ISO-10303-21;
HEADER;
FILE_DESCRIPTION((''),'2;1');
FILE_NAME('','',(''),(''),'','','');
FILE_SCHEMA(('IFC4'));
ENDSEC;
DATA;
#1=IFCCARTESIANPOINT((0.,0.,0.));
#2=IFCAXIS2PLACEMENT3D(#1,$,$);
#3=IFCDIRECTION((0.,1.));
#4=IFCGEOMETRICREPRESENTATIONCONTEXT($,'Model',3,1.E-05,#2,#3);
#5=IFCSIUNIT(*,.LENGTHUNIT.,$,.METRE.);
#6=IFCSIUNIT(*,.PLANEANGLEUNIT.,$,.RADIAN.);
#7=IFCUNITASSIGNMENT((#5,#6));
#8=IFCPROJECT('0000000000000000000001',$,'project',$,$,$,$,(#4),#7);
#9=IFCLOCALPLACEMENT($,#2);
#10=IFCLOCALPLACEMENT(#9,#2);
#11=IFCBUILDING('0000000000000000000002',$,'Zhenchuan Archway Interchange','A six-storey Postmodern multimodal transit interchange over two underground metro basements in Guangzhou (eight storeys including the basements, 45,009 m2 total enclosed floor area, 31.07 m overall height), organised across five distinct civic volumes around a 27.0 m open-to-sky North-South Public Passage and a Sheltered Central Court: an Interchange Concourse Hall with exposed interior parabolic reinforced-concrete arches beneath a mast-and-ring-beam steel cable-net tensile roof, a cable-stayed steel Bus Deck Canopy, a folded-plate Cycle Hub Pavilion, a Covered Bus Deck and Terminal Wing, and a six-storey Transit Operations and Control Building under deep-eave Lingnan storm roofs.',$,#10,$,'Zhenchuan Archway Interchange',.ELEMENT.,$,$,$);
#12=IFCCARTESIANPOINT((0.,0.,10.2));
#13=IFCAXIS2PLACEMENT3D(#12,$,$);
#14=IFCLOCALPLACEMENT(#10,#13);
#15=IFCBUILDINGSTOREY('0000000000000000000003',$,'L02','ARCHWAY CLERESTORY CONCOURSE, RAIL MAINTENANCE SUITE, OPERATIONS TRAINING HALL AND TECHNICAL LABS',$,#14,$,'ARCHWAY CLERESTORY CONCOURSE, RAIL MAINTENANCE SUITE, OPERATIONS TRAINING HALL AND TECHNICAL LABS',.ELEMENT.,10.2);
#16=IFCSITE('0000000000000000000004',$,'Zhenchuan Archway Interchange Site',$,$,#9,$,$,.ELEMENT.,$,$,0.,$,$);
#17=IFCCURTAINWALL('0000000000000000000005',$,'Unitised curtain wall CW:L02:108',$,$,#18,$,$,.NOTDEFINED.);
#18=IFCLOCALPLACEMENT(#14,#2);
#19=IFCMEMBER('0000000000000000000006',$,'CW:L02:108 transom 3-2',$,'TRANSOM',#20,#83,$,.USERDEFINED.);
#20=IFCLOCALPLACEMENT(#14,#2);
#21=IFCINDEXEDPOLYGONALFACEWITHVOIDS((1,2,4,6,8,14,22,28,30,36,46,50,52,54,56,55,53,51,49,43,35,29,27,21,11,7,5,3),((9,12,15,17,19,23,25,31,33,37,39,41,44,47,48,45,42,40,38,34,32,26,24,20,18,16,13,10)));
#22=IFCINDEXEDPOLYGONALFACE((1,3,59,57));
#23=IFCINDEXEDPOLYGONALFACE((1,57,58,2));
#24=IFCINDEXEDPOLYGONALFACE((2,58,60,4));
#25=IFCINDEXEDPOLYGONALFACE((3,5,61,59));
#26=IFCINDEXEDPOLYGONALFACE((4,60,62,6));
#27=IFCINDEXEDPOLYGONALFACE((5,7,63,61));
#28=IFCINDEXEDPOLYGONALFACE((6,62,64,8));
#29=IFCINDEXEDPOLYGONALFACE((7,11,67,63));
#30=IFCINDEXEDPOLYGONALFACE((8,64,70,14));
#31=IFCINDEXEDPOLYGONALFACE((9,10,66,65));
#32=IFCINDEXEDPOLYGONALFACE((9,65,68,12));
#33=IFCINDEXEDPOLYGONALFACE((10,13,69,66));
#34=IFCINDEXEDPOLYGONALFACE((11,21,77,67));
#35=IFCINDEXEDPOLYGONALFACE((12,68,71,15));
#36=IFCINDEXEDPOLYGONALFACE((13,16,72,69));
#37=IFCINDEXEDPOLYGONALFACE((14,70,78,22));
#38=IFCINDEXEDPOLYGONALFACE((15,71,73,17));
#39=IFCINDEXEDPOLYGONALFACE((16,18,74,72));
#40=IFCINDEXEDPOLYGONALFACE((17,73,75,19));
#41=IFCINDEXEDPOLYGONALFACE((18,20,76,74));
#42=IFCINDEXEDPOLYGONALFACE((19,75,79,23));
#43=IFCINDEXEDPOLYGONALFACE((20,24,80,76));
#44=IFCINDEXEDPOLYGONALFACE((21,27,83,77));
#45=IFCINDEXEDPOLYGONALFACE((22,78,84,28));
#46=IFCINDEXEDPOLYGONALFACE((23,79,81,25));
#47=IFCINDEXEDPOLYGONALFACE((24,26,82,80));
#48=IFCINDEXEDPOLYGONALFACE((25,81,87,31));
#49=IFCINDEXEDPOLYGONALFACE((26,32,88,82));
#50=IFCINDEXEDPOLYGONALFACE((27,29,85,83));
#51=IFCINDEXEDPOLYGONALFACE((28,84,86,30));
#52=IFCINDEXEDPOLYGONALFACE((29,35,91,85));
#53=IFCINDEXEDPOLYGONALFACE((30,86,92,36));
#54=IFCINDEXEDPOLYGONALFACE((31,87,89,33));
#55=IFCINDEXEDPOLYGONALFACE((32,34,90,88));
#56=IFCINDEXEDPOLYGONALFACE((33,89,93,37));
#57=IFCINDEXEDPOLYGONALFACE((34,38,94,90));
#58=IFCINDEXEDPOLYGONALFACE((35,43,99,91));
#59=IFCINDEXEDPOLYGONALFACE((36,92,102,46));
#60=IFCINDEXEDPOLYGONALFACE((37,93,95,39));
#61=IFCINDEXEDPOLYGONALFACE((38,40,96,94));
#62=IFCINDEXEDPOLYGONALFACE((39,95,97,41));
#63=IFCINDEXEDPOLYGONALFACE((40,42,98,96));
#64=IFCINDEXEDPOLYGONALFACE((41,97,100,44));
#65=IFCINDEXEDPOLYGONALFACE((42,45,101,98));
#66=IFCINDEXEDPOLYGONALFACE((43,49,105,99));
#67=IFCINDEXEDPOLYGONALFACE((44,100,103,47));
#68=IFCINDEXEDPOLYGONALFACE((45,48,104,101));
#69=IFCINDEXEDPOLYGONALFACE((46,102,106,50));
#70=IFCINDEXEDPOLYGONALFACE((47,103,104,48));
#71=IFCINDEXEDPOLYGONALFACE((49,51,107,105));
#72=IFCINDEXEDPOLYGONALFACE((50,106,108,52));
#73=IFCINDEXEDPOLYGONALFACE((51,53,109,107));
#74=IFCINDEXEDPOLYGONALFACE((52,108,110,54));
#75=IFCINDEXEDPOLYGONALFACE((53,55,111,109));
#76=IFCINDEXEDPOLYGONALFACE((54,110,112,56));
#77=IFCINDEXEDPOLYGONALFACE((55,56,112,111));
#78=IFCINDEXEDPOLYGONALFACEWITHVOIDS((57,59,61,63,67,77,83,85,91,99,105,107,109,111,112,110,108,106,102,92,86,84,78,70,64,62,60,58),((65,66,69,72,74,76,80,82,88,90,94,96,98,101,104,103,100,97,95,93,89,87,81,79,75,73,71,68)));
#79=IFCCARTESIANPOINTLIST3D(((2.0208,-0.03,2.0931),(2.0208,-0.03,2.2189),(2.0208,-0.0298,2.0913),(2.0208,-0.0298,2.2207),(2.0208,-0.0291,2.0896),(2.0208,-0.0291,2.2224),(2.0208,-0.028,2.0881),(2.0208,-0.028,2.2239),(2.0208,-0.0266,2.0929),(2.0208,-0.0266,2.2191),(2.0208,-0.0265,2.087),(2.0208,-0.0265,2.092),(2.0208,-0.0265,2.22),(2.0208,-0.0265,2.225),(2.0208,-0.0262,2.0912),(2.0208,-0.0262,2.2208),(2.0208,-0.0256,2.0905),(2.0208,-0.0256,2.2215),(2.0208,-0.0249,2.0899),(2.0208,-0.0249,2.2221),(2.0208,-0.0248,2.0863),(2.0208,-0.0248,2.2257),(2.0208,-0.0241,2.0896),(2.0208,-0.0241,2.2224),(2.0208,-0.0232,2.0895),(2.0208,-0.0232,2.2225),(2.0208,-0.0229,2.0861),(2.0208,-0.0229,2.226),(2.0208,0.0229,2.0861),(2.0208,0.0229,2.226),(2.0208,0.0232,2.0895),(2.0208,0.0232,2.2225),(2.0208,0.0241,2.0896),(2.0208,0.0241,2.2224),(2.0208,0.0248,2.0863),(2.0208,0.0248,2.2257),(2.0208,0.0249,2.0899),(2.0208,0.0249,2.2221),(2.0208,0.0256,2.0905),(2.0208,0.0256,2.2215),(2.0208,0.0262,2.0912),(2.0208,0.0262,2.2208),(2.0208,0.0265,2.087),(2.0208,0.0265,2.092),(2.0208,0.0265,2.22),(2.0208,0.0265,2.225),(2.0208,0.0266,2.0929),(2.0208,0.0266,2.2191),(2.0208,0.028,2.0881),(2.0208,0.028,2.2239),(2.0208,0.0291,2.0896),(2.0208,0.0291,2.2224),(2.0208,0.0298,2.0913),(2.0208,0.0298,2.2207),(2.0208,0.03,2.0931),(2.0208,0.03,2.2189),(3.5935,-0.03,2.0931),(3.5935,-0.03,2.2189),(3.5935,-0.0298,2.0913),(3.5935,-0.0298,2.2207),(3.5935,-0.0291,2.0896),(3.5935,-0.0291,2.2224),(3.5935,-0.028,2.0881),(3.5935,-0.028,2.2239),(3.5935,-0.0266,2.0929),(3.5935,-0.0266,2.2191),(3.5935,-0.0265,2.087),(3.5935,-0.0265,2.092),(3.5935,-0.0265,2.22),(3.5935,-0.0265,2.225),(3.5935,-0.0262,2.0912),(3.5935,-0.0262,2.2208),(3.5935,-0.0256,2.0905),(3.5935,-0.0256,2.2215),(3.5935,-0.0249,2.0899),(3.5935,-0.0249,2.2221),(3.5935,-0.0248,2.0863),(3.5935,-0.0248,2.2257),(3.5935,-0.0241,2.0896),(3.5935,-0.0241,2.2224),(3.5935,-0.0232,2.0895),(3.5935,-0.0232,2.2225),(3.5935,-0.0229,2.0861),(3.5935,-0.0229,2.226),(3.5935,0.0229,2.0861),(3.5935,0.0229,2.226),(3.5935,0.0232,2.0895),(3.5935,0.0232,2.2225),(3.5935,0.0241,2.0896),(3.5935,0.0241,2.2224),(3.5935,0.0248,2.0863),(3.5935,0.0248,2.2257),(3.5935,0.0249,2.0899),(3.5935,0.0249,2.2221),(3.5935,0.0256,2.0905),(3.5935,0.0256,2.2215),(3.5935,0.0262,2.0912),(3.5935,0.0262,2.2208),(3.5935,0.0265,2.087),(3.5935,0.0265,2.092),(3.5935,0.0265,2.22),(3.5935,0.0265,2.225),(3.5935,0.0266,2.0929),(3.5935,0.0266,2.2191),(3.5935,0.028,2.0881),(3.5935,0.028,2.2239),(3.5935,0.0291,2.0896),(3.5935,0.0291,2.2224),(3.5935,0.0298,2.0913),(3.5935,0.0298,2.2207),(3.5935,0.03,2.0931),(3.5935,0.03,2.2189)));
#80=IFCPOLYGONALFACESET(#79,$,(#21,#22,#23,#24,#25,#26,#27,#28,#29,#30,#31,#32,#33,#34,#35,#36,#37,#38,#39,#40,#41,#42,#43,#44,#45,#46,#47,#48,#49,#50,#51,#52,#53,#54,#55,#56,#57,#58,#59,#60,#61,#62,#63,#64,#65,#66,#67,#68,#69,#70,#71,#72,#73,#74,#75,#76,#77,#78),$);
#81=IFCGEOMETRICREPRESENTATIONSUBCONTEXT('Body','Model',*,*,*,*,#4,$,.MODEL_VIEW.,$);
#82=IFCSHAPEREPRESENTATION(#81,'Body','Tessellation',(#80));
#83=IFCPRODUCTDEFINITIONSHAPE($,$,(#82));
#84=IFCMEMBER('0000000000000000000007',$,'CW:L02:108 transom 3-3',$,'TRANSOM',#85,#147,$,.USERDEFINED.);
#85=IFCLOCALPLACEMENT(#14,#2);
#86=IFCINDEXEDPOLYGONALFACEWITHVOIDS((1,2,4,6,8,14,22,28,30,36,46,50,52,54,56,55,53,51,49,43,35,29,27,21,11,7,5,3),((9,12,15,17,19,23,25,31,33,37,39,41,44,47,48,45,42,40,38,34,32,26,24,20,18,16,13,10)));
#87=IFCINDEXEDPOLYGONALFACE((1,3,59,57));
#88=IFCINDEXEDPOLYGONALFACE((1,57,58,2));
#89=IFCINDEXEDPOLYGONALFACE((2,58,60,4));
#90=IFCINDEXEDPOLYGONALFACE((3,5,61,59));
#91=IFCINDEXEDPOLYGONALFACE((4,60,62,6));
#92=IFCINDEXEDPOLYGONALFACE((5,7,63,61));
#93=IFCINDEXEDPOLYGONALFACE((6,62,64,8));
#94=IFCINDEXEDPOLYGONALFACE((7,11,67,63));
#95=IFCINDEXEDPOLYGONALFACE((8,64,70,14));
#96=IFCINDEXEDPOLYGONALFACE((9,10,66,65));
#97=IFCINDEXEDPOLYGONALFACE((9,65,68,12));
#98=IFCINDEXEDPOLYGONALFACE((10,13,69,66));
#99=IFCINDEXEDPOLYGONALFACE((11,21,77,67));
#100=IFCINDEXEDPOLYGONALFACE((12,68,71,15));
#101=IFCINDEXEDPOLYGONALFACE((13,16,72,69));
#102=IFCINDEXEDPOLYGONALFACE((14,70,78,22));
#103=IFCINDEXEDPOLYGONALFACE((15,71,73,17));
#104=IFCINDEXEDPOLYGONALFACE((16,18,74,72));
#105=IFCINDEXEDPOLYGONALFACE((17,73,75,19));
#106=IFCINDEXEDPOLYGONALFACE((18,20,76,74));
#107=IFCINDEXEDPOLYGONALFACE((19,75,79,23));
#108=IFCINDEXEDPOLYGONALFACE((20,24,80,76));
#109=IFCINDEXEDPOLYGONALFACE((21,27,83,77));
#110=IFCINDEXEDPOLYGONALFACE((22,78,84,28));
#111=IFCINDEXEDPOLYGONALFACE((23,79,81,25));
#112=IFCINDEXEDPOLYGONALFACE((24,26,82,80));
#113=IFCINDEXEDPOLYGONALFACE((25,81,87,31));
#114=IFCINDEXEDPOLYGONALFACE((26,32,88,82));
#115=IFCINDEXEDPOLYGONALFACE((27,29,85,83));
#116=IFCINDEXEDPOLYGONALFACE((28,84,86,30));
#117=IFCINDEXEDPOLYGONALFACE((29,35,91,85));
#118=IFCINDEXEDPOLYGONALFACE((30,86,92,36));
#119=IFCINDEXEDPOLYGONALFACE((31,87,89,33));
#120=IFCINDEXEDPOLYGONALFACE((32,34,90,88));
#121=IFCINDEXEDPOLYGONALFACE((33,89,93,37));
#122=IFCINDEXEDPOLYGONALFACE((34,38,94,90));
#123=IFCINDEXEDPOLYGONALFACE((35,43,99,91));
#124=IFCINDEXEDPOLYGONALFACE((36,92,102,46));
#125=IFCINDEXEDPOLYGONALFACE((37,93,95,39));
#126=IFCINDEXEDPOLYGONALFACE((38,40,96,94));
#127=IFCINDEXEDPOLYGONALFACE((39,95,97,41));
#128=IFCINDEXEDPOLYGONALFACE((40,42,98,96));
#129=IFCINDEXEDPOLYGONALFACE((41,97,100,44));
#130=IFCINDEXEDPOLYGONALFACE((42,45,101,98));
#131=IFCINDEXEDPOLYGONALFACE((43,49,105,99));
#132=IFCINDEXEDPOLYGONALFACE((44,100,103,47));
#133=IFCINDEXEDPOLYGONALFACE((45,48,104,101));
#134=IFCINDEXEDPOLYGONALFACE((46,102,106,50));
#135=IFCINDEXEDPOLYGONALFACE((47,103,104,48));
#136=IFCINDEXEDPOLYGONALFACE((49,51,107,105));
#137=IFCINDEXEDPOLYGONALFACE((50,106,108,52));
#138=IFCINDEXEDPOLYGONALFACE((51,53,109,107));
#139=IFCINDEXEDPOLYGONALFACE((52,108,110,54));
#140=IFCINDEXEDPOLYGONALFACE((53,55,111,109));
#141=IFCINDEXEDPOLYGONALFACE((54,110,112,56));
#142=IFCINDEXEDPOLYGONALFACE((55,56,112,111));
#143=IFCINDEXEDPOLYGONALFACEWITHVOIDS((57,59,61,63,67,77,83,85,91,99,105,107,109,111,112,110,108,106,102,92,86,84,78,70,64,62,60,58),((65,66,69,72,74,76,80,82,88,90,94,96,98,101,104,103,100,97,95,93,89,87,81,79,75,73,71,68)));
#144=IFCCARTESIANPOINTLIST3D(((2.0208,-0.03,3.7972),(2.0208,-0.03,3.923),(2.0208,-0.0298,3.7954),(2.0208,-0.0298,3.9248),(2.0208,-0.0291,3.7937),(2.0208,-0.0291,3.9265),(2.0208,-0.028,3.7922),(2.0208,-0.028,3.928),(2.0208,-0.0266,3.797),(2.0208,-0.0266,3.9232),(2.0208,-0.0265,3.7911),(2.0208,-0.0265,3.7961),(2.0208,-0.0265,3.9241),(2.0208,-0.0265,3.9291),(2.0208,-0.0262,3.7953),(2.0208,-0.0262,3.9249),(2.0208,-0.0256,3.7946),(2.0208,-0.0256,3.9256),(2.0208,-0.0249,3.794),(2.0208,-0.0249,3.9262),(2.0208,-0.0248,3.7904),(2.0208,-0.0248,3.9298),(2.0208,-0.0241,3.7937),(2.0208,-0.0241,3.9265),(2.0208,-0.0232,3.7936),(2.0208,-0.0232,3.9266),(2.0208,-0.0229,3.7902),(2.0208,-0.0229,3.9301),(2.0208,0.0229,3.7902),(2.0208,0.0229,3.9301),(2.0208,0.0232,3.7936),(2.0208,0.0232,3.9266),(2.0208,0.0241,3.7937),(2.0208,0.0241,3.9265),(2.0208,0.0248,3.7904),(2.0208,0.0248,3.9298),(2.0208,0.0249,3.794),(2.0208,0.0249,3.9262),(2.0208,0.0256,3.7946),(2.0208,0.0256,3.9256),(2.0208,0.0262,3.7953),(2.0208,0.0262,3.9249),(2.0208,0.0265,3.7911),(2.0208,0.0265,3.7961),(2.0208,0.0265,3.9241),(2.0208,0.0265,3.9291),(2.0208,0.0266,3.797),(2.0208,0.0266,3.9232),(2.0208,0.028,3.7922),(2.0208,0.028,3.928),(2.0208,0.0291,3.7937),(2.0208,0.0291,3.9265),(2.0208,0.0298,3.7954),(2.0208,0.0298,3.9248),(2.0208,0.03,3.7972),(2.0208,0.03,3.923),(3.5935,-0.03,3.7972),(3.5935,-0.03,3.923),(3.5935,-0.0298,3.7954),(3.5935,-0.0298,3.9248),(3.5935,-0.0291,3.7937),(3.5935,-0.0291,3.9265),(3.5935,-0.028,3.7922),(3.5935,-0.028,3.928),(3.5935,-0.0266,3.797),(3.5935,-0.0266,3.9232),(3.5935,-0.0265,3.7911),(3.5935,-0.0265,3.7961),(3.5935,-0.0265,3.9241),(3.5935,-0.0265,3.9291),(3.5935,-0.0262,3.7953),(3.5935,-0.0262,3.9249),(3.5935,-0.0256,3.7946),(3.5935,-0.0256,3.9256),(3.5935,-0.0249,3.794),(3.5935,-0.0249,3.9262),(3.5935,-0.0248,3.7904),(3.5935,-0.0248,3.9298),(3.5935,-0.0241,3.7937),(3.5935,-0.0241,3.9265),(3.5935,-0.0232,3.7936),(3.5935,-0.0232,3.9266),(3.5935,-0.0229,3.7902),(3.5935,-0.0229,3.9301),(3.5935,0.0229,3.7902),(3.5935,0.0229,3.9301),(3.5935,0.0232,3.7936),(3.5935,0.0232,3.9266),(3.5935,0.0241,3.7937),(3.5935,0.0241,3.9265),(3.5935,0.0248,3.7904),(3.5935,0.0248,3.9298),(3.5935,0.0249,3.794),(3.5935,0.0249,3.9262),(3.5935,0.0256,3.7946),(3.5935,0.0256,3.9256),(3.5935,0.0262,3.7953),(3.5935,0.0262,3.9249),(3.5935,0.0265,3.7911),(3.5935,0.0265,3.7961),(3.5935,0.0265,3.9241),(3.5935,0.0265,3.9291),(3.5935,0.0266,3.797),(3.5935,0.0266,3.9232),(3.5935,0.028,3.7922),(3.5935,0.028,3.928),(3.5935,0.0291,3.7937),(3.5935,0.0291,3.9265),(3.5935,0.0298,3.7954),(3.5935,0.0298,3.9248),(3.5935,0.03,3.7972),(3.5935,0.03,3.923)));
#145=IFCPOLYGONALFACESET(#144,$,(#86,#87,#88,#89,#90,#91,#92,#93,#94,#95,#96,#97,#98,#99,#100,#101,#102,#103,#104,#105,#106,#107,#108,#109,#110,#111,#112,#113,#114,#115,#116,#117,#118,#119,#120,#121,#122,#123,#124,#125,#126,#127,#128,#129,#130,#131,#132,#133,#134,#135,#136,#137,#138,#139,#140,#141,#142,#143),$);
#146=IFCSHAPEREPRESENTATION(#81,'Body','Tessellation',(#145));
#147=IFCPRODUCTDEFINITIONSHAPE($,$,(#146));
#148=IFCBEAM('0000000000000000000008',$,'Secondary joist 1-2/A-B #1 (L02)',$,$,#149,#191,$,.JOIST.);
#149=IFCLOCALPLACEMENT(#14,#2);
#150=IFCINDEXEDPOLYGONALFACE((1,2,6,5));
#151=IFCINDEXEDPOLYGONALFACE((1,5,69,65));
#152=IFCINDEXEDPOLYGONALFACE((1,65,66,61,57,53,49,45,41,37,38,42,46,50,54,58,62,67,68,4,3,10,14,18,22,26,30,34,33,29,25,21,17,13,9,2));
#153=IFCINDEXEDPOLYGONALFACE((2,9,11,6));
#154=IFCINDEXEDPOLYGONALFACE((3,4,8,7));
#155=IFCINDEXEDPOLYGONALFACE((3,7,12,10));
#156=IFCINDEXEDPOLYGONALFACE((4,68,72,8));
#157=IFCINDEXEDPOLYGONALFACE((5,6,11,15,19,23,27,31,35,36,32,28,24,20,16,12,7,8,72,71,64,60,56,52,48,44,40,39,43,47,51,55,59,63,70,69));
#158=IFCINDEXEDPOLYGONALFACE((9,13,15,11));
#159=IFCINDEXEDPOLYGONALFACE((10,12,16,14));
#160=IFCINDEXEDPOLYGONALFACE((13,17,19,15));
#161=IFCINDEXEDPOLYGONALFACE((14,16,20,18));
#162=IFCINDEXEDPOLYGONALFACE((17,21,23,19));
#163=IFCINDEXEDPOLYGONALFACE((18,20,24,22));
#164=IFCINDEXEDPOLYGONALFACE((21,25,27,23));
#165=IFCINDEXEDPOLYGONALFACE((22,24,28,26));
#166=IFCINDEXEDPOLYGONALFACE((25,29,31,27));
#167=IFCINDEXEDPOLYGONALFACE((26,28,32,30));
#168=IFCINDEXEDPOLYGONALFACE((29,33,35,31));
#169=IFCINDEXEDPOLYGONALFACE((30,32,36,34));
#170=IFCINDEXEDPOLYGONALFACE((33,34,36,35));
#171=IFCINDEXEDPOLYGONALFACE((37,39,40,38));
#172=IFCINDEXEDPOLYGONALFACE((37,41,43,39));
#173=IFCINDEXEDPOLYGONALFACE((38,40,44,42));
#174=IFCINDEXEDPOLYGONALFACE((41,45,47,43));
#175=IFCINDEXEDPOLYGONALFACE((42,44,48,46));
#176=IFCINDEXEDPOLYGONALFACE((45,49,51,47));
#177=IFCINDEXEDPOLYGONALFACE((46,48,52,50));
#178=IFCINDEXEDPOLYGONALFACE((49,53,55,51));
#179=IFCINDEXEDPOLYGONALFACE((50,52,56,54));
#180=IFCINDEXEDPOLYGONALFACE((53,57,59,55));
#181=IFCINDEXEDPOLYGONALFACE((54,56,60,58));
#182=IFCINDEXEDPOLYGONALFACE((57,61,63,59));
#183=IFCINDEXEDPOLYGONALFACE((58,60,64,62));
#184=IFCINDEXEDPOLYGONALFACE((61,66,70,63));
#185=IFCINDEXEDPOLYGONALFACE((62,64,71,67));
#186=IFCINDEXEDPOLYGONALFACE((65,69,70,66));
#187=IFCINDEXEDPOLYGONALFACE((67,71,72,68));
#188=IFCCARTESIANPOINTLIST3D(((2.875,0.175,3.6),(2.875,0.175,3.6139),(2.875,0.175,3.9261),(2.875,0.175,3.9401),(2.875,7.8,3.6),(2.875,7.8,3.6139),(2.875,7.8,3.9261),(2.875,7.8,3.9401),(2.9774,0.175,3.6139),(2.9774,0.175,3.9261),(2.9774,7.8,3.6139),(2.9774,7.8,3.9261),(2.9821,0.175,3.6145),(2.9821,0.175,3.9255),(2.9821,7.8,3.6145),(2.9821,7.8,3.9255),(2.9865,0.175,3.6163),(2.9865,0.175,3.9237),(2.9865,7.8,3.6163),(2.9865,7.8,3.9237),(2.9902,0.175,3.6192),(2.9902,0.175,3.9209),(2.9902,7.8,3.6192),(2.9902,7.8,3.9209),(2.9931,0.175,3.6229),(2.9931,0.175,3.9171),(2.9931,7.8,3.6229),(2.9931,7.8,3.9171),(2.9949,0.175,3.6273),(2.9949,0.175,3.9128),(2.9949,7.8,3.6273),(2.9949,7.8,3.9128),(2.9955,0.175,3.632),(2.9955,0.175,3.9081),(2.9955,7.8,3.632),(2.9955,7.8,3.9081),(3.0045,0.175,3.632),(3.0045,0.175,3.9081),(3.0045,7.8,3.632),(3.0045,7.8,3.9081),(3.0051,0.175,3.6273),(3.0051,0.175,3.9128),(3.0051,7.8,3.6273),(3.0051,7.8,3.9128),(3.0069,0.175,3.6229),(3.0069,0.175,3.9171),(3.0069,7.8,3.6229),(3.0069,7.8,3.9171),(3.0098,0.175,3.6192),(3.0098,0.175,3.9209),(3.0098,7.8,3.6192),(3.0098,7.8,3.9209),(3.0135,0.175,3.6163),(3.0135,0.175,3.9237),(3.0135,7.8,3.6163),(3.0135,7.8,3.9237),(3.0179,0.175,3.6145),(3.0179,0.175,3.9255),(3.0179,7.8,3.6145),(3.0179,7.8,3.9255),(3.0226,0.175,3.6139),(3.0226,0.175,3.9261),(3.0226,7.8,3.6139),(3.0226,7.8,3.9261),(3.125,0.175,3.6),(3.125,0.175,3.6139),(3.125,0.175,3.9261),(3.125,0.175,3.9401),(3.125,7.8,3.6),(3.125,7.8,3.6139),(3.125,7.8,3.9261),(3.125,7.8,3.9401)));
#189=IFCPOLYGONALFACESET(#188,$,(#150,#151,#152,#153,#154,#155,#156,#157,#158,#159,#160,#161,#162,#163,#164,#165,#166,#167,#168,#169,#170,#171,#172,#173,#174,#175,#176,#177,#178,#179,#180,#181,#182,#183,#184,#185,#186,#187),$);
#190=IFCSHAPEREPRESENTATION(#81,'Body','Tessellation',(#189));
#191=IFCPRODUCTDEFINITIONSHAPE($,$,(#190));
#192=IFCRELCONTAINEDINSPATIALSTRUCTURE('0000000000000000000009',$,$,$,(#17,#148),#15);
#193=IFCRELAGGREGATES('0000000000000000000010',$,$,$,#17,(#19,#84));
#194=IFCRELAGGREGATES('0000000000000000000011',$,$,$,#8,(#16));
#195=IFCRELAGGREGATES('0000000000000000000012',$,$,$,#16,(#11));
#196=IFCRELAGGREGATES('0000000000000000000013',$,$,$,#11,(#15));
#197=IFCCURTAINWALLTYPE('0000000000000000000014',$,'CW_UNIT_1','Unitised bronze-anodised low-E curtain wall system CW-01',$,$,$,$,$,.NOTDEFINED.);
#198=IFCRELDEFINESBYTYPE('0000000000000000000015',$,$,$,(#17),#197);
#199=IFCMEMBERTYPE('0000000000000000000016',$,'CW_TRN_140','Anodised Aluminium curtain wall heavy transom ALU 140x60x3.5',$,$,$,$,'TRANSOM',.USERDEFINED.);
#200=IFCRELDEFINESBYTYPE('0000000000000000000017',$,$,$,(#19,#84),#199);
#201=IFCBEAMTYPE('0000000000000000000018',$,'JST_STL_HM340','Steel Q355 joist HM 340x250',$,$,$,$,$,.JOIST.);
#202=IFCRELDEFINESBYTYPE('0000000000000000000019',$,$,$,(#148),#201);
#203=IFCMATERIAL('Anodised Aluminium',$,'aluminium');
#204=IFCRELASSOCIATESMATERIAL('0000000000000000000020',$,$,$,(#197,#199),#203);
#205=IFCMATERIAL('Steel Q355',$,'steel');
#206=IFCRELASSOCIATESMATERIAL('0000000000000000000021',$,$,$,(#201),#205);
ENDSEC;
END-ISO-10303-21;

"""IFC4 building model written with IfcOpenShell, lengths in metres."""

from ifc_helpers import new_model, si_unit, direction, frame, origin, origin_2d, place, context, subcontext, project, spatial, hollow_rectangle, i_section, extrude, material, material_profile, profile_set, type_object, element, aggregate, save


model = new_model("IFC4")

# Units and contexts
model_context = context("Model", 3, precision=1e-05, world=origin(), true_north=direction((0.0, 1.0)))
body_context = subcontext(model_context, "Body", "Model", "MODEL_VIEW")
ifc_project = project(units=[si_unit("LENGTHUNIT", "METRE"), si_unit("PLANEANGLEUNIT", "RADIAN")], contexts=[model_context])

# Site, building, storey
site_placement = place(None, origin())
site = spatial("IfcSite", under=ifc_project, at=site_placement, Name="Zhenchuan Archway Interchange Site", CompositionType="ELEMENT", RefElevation=0.0)
building_placement = place(site_placement, origin())
building = spatial("IfcBuilding", under=site, at=building_placement, Name="Zhenchuan Archway Interchange", Description="A six-storey Postmodern multimodal transit interchange over two underground metro basements in Guangzhou (eight storeys including the basements, 45,009 m2 total enclosed floor area, 31.07 m overall height), organised across five distinct civic volumes around a 27.0 m open-to-sky North-South Public Passage and a Sheltered Central Court: an Interchange Concourse Hall with exposed interior parabolic reinforced-concrete arches beneath a mast-and-ring-beam steel cable-net tensile roof, a cable-stayed steel Bus Deck Canopy, a folded-plate Cycle Hub Pavilion, a Covered Bus Deck and Terminal Wing, and a six-storey Transit Operations and Control Building under deep-eave Lingnan storm roofs.", LongName="Zhenchuan Archway Interchange", CompositionType="ELEMENT")
storey_placement = place(building_placement, frame((0.0, 0.0, 10.2)))
storey = spatial("IfcBuildingStorey", under=building, at=storey_placement, Name="L02", Description="ARCHWAY CLERESTORY CONCOURSE, RAIL MAINTENANCE SUITE, OPERATIONS TRAINING HALL AND TECHNICAL LABS", LongName="ARCHWAY CLERESTORY CONCOURSE, RAIL MAINTENANCE SUITE, OPERATIONS TRAINING HALL AND TECHNICAL LABS", CompositionType="ELEMENT", Elevation=10.2)

# Curtain wall, members
ifc_material_1 = material(Name="Anodised Aluminium", Category="aluminium")
curtain_wall_type = type_object("IfcCurtainWallType", Name="CW_UNIT_1", Description="Unitised bronze-anodised low-E curtain wall system CW-01", PredefinedType="NOTDEFINED", material=ifc_material_1)
curtain_wall_placement = place(storey_placement, origin())
curtain_wall = element("IfcCurtainWall", 1, at=curtain_wall_placement, inside=storey, type_object=curtain_wall_type, Name="Unitised curtain wall CW:L02:108", PredefinedType="NOTDEFINED")
ifc_material_profile_1 = material_profile(ifc_material_1, hollow_rectangle(XDim=0.0601, YDim=0.1399, WallThickness=0.0034, InnerFilletRadius=0.0034, OuterFilletRadius=0.0071, at=origin_2d()), Name="ALU 140x60x3.5")
ifc_profile_set_1 = profile_set([ifc_material_profile_1], Name="Anodised Aluminium")
member_type_1 = type_object("IfcMemberType", Name="CW_TRN_140", Description="Anodised Aluminium curtain wall heavy transom ALU 140x60x3.5", ElementType="TRANSOM", PredefinedType="USERDEFINED", material=ifc_profile_set_1)
member_1_placement = place(storey_placement, frame((3.5935, 0.0, 2.156), z_axis=(-1.0, 0.0, 0.0), x_axis=(0.0, -1.0, 0.0)))
member_1 = element("IfcMember", 2, at=member_1_placement, type_object=member_type_1, Name="CW:L02:108 transom 3-2", ObjectType="TRANSOM", PredefinedType="USERDEFINED", context=body_context, shape_type="SweptSolid", body=[
    extrude(hollow_rectangle(XDim=0.0601, YDim=0.1399, WallThickness=0.0034, InnerFilletRadius=0.0034, OuterFilletRadius=0.0071, at=origin_2d()), origin(), (0.0, 0.0, 1.0), 1.5728),
])
member_2_placement = place(storey_placement, frame((3.5935, 0.0, 3.8601), z_axis=(-1.0, 0.0, 0.0), x_axis=(0.0, -1.0, 0.0)))
member_2 = element("IfcMember", 3, at=member_2_placement, type_object=member_type_1, Name="CW:L02:108 transom 3-3", ObjectType="TRANSOM", PredefinedType="USERDEFINED", context=body_context, shape_type="SweptSolid", body=[
    extrude(hollow_rectangle(XDim=0.0601, YDim=0.1399, WallThickness=0.0034, InnerFilletRadius=0.0034, OuterFilletRadius=0.0071, at=origin_2d()), origin(), (0.0, 0.0, 1.0), 1.5728),
])

# Beam
ifc_material_2 = material(Name="Steel Q355", Category="steel")
ifc_material_profile_2 = material_profile(ifc_material_2, i_section(OverallWidth=0.25, OverallDepth=0.3401, WebThickness=0.009, FlangeThickness=0.0139, FilletRadius=0.0181, at=origin_2d()), Name="HM 340x250")
ifc_profile_set_2 = profile_set([ifc_material_profile_2], Name="Steel Q355")
beam_type = type_object("IfcBeamType", Name="JST_STL_HM340", Description="Steel Q355 joist HM 340x250", PredefinedType="JOIST", material=ifc_profile_set_2)
for number, where, z_axis, x_axis, name in (
    (4, (3.0, 0.175, 3.77), (0.0, 1.0, 0.0), (-1.0, 0.0, 0.0), "Secondary joist 1-2/A-B #1 (L02)"),
):
    element("IfcBeam", number, at=place(storey_placement, frame(where, z_axis=z_axis, x_axis=x_axis)), inside=storey, type_object=beam_type, Name=name, PredefinedType="JOIST", context=body_context, shape_type="SweptSolid", body=[
        extrude(i_section(OverallWidth=0.25, OverallDepth=0.3401, WebThickness=0.009, FlangeThickness=0.0139, FilletRadius=0.0181, at=origin_2d()), origin(), (0.0, 0.0, 1.0), 7.625),
    ])

aggregate(curtain_wall, [member_1, member_2])

save(model, "model.ifc")
